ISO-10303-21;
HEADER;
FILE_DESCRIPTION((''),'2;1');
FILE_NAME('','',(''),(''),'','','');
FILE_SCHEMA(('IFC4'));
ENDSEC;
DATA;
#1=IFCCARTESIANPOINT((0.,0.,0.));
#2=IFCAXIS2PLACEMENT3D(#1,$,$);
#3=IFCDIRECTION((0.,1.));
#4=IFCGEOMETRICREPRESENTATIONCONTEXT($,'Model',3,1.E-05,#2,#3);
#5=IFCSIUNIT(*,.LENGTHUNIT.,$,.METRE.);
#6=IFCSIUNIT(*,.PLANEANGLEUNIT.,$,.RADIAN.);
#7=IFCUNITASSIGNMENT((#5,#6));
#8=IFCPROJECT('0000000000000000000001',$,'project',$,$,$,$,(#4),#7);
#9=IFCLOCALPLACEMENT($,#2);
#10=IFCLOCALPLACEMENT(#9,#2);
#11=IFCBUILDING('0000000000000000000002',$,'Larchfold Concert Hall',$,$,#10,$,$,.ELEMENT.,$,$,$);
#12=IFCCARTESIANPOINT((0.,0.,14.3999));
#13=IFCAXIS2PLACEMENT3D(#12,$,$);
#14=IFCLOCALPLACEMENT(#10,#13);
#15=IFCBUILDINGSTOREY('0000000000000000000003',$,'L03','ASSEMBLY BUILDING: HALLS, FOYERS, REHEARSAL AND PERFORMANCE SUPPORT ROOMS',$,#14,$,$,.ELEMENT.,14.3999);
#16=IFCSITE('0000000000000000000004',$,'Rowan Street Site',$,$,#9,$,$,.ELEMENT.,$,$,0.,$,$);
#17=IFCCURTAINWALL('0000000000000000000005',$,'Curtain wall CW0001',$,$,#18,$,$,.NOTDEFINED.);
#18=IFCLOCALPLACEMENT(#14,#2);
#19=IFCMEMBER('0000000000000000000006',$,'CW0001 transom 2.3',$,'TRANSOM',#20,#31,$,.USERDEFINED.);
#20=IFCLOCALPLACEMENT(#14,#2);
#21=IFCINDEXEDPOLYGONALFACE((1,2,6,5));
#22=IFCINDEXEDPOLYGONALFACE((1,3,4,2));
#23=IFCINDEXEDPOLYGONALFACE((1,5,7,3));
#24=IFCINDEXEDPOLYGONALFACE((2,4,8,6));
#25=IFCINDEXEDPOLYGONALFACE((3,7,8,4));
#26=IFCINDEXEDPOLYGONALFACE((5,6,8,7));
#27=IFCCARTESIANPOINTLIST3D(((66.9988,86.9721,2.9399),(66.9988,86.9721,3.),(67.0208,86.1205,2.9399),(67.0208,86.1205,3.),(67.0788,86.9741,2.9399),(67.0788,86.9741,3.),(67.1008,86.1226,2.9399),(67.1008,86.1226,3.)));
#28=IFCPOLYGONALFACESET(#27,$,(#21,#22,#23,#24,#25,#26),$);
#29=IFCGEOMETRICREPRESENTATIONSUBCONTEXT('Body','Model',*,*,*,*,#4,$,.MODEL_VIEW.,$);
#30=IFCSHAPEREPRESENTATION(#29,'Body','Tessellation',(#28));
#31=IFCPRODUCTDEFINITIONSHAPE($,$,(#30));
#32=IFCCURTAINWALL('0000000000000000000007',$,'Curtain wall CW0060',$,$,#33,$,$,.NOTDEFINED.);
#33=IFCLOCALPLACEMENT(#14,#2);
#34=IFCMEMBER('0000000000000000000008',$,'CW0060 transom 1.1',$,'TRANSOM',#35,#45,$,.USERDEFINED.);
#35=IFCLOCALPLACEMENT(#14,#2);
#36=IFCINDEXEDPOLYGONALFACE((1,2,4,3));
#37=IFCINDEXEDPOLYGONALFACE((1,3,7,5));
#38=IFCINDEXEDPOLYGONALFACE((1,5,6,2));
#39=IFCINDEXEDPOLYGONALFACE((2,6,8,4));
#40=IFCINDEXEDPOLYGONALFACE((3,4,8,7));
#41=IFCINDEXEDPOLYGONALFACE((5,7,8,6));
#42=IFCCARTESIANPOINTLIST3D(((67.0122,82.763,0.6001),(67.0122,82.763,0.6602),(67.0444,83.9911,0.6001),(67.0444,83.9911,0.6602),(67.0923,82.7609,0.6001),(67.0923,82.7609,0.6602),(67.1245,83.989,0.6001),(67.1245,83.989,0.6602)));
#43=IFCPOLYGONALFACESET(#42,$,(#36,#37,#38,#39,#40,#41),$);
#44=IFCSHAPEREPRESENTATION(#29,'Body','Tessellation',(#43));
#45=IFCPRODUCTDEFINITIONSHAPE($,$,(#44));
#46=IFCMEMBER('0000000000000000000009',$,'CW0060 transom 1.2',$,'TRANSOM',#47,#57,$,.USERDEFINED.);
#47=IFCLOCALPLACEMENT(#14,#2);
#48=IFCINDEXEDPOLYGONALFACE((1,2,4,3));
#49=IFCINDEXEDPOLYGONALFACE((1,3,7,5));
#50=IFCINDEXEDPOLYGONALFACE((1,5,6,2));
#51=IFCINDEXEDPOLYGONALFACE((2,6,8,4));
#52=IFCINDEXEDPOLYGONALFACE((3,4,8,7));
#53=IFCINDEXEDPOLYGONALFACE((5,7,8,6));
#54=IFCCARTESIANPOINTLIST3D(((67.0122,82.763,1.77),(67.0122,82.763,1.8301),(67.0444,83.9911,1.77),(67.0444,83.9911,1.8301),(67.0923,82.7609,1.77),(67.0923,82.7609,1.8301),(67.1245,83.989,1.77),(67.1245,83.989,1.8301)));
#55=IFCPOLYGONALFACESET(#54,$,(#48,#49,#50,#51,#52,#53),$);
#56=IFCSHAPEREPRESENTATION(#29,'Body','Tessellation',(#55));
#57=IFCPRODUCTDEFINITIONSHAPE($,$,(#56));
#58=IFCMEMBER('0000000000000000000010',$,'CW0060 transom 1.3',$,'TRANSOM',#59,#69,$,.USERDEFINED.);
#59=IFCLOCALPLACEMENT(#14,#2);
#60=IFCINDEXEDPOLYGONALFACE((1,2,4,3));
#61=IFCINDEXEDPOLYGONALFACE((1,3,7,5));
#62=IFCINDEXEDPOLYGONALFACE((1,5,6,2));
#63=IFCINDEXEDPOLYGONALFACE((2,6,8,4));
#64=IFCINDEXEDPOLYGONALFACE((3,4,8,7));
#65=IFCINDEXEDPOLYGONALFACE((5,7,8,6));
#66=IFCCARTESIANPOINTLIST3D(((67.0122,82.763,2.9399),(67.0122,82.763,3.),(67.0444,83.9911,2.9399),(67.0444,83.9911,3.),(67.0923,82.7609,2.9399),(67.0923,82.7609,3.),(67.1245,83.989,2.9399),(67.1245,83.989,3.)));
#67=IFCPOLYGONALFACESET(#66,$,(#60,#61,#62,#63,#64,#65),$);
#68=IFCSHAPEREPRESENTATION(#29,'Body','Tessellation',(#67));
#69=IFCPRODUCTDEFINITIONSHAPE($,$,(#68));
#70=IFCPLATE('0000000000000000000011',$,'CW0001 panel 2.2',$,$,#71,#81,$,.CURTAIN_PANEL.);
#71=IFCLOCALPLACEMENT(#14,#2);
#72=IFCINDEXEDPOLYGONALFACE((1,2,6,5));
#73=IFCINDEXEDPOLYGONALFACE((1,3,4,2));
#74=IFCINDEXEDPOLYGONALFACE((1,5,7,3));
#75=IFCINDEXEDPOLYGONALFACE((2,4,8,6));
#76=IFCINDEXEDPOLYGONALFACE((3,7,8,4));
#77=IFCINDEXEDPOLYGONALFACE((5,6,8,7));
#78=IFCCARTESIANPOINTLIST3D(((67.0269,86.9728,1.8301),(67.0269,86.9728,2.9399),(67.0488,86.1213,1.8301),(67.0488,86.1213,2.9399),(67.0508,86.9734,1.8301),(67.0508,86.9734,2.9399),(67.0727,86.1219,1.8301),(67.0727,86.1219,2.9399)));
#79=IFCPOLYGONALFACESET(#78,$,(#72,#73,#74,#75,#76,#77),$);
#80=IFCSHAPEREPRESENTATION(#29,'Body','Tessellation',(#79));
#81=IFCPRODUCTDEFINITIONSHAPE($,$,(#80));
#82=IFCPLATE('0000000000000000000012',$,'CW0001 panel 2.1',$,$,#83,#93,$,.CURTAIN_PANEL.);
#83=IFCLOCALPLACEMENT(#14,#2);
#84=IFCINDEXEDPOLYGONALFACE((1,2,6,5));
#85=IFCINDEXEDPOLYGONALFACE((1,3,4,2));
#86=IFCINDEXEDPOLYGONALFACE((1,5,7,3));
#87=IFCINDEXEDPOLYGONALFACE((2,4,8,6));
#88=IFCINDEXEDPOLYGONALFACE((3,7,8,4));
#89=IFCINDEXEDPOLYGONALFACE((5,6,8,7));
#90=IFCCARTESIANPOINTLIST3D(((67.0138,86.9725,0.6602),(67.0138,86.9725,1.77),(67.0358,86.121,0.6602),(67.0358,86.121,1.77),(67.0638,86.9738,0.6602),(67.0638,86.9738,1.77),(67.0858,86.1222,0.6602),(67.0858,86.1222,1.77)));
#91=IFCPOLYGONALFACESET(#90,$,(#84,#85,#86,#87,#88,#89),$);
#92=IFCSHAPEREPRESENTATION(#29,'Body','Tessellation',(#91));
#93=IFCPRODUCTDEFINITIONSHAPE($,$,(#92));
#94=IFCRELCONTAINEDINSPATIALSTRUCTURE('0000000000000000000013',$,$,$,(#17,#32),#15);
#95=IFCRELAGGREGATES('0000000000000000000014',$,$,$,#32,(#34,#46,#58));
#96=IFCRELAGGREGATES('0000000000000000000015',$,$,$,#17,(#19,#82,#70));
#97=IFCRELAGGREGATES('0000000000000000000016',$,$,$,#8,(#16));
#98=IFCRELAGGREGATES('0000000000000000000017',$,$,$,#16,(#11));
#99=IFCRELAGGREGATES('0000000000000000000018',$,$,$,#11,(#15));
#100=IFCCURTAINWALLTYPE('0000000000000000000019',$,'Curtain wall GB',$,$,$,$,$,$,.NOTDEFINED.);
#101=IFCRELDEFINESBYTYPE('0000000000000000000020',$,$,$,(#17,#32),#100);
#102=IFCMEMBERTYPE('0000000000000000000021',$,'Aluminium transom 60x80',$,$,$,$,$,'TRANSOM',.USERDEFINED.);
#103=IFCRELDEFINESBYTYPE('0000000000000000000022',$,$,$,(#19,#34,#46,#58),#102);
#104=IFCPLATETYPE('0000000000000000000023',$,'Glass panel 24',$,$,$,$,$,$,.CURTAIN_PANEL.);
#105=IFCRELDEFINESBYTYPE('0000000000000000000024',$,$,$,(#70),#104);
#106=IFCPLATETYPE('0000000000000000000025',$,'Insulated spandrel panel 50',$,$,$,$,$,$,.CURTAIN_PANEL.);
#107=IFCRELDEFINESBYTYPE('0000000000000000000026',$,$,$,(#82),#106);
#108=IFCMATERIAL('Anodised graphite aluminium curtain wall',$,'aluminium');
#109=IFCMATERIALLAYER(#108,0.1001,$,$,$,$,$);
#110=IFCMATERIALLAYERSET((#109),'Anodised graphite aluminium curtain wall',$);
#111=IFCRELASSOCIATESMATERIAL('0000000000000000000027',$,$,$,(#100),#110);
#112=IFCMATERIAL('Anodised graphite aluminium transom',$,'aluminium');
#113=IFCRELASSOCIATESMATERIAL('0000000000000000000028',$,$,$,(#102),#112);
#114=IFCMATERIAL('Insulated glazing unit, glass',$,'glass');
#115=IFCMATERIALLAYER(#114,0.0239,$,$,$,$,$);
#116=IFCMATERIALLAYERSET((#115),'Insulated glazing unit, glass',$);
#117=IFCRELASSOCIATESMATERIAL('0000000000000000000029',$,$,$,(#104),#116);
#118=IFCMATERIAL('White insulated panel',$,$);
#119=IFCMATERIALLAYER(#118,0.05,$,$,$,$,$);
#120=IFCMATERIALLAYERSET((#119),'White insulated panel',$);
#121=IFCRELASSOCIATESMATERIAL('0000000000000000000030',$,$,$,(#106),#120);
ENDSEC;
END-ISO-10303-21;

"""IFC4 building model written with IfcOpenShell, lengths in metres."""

from ifc_helpers import new_model, si_unit, direction, frame, origin, origin_2d, place, context, subcontext, project, spatial, rectangle, extrude, material, layer, layer_set, material_profile, profile_set, type_object, element, aggregate, save


model = new_model("IFC4")

# Units and contexts
model_context = context("Model", 3, precision=1e-05, world=origin(), true_north=direction((0.0, 1.0)))
body_context = subcontext(model_context, "Body", "Model", "MODEL_VIEW")
ifc_project = project(units=[si_unit("LENGTHUNIT", "METRE"), si_unit("PLANEANGLEUNIT", "RADIAN")], contexts=[model_context])

# Site, building, storey
site_placement = place(None, origin())
site = spatial("IfcSite", under=ifc_project, at=site_placement, Name="Rowan Street Site", CompositionType="ELEMENT", RefElevation=0.0)
building_placement = place(site_placement, origin())
building = spatial("IfcBuilding", under=site, at=building_placement, Name="Larchfold Concert Hall", CompositionType="ELEMENT")
storey_placement = place(building_placement, frame((0.0, 0.0, 14.3999)))
storey = spatial("IfcBuildingStorey", under=building, at=storey_placement, Name="L03", Description="ASSEMBLY BUILDING: HALLS, FOYERS, REHEARSAL AND PERFORMANCE SUPPORT ROOMS", CompositionType="ELEMENT", Elevation=14.3999)

# Curtain wall
ifc_material_1 = material(Name="Anodised graphite aluminium curtain wall", Category="aluminium")
ifc_layer_1 = layer(ifc_material_1, 0.1001)
ifc_layer_set_1 = layer_set([ifc_layer_1], Name="Anodised graphite aluminium curtain wall")
curtain_wall_type = type_object("IfcCurtainWallType", Name="Curtain wall GB", PredefinedType="NOTDEFINED", material=ifc_layer_set_1)
curtain_wall_1_placement = place(storey_placement, origin())
curtain_wall_1 = element("IfcCurtainWall", 1, at=curtain_wall_1_placement, inside=storey, type_object=curtain_wall_type, Name="Curtain wall CW0001", PredefinedType="NOTDEFINED")

# Member
ifc_material_2 = material(Name="Anodised graphite aluminium transom", Category="aluminium")
ifc_material_profile_1 = material_profile(ifc_material_2, rectangle(XDim=0.0801, YDim=0.0601, at=origin_2d()))
ifc_profile_set_1 = profile_set([ifc_material_profile_1], Name="Anodised graphite aluminium transom")
member_type_1 = type_object("IfcMemberType", Name="Aluminium transom 60x80", ElementType="TRANSOM", PredefinedType="USERDEFINED", material=ifc_profile_set_1)
member_1_placement = place(storey_placement, frame((67.0608, 86.1216, 2.97), z_axis=(-0.025794, 0.999667, 0.0), x_axis=(-0.999667, -0.025794, 0.0)))
member_1 = element("IfcMember", 2, at=member_1_placement, type_object=member_type_1, Name="CW0001 transom 2.3", ObjectType="TRANSOM", PredefinedType="USERDEFINED", context=body_context, shape_type="SweptSolid", body=[
    extrude(rectangle(XDim=0.0801, YDim=0.0601, at=origin_2d()), origin(), (0.0, 0.0, 1.0), 0.8518),
])

# Curtain wall, members
curtain_wall_2_placement = place(storey_placement, origin())
curtain_wall_2 = element("IfcCurtainWall", 3, at=curtain_wall_2_placement, inside=storey, type_object=curtain_wall_type, Name="Curtain wall CW0060", PredefinedType="NOTDEFINED")
member_2_placement = place(storey_placement, frame((67.0522, 82.762, 0.6301), z_axis=(0.026234, 0.999656, 0.0), x_axis=(-0.999656, 0.026234, 0.0)))
member_2 = element("IfcMember", 4, at=member_2_placement, type_object=member_type_1, Name="CW0060 transom 1.1", ObjectType="TRANSOM", PredefinedType="USERDEFINED", context=body_context, shape_type="SweptSolid", body=[
    extrude(rectangle(XDim=0.0801, YDim=0.0601, at=origin_2d()), origin(), (0.0, 0.0, 1.0), 1.2285),
])
member_3_placement = place(storey_placement, frame((67.0522, 82.762, 1.8), z_axis=(0.026234, 0.999656, 0.0), x_axis=(-0.999656, 0.026234, 0.0)))
member_3 = element("IfcMember", 5, at=member_3_placement, type_object=member_type_1, Name="CW0060 transom 1.2", ObjectType="TRANSOM", PredefinedType="USERDEFINED", context=body_context, shape_type="SweptSolid", body=[
    extrude(rectangle(XDim=0.0801, YDim=0.0601, at=origin_2d()), origin(), (0.0, 0.0, 1.0), 1.2285),
])
member_4_placement = place(storey_placement, frame((67.0522, 82.762, 2.97), z_axis=(0.026234, 0.999656, 0.0), x_axis=(-0.999656, 0.026234, 0.0)))
member_4 = element("IfcMember", 6, at=member_4_placement, type_object=member_type_1, Name="CW0060 transom 1.3", ObjectType="TRANSOM", PredefinedType="USERDEFINED", context=body_context, shape_type="SweptSolid", body=[
    extrude(rectangle(XDim=0.0801, YDim=0.0601, at=origin_2d()), origin(), (0.0, 0.0, 1.0), 1.2285),
])
aggregate(curtain_wall_2, [member_2, member_3, member_4])

# Plates
ifc_material_3 = material(Name="Insulated glazing unit, glass", Category="glass")
ifc_layer_2 = layer(ifc_material_3, 0.0239)
ifc_layer_set_2 = layer_set([ifc_layer_2], Name="Insulated glazing unit, glass")
plate_type_1 = type_object("IfcPlateType", Name="Glass panel 24", PredefinedType="CURTAIN_PANEL", material=ifc_layer_set_2)
plate_1_placement = place(storey_placement, frame((67.0498, 86.5474, 1.8301), z_axis=(0.0, 0.0, 1.0), x_axis=(-0.025792, 0.999667, 0.0)))
plate_1 = element("IfcPlate", 7, at=plate_1_placement, type_object=plate_type_1, Name="CW0001 panel 2.2", PredefinedType="CURTAIN_PANEL", context=body_context, shape_type="SweptSolid", body=[
    extrude(rectangle(XDim=0.8518, YDim=0.0239, at=origin_2d()), origin(), (0.0, 0.0, 1.0), 1.1099),
])
ifc_material_4 = material(Name="White insulated panel")
ifc_layer_3 = layer(ifc_material_4, 0.05)
ifc_layer_set_3 = layer_set([ifc_layer_3], Name="White insulated panel")
plate_type_2 = type_object("IfcPlateType", Name="Insulated spandrel panel 50", PredefinedType="CURTAIN_PANEL", material=ifc_layer_set_3)
plate_2_placement = place(storey_placement, frame((67.0498, 86.5474, 0.6602), z_axis=(0.0, 0.0, 1.0), x_axis=(-0.025792, 0.999667, 0.0)))
plate_2 = element("IfcPlate", 8, at=plate_2_placement, type_object=plate_type_2, Name="CW0001 panel 2.1", PredefinedType="CURTAIN_PANEL", context=body_context, shape_type="SweptSolid", body=[
    extrude(rectangle(XDim=0.8518, YDim=0.05, at=origin_2d()), origin(), (0.0, 0.0, 1.0), 1.1099),
])
aggregate(curtain_wall_1, [member_1, plate_2, plate_1])

save(model, "model.ifc")
